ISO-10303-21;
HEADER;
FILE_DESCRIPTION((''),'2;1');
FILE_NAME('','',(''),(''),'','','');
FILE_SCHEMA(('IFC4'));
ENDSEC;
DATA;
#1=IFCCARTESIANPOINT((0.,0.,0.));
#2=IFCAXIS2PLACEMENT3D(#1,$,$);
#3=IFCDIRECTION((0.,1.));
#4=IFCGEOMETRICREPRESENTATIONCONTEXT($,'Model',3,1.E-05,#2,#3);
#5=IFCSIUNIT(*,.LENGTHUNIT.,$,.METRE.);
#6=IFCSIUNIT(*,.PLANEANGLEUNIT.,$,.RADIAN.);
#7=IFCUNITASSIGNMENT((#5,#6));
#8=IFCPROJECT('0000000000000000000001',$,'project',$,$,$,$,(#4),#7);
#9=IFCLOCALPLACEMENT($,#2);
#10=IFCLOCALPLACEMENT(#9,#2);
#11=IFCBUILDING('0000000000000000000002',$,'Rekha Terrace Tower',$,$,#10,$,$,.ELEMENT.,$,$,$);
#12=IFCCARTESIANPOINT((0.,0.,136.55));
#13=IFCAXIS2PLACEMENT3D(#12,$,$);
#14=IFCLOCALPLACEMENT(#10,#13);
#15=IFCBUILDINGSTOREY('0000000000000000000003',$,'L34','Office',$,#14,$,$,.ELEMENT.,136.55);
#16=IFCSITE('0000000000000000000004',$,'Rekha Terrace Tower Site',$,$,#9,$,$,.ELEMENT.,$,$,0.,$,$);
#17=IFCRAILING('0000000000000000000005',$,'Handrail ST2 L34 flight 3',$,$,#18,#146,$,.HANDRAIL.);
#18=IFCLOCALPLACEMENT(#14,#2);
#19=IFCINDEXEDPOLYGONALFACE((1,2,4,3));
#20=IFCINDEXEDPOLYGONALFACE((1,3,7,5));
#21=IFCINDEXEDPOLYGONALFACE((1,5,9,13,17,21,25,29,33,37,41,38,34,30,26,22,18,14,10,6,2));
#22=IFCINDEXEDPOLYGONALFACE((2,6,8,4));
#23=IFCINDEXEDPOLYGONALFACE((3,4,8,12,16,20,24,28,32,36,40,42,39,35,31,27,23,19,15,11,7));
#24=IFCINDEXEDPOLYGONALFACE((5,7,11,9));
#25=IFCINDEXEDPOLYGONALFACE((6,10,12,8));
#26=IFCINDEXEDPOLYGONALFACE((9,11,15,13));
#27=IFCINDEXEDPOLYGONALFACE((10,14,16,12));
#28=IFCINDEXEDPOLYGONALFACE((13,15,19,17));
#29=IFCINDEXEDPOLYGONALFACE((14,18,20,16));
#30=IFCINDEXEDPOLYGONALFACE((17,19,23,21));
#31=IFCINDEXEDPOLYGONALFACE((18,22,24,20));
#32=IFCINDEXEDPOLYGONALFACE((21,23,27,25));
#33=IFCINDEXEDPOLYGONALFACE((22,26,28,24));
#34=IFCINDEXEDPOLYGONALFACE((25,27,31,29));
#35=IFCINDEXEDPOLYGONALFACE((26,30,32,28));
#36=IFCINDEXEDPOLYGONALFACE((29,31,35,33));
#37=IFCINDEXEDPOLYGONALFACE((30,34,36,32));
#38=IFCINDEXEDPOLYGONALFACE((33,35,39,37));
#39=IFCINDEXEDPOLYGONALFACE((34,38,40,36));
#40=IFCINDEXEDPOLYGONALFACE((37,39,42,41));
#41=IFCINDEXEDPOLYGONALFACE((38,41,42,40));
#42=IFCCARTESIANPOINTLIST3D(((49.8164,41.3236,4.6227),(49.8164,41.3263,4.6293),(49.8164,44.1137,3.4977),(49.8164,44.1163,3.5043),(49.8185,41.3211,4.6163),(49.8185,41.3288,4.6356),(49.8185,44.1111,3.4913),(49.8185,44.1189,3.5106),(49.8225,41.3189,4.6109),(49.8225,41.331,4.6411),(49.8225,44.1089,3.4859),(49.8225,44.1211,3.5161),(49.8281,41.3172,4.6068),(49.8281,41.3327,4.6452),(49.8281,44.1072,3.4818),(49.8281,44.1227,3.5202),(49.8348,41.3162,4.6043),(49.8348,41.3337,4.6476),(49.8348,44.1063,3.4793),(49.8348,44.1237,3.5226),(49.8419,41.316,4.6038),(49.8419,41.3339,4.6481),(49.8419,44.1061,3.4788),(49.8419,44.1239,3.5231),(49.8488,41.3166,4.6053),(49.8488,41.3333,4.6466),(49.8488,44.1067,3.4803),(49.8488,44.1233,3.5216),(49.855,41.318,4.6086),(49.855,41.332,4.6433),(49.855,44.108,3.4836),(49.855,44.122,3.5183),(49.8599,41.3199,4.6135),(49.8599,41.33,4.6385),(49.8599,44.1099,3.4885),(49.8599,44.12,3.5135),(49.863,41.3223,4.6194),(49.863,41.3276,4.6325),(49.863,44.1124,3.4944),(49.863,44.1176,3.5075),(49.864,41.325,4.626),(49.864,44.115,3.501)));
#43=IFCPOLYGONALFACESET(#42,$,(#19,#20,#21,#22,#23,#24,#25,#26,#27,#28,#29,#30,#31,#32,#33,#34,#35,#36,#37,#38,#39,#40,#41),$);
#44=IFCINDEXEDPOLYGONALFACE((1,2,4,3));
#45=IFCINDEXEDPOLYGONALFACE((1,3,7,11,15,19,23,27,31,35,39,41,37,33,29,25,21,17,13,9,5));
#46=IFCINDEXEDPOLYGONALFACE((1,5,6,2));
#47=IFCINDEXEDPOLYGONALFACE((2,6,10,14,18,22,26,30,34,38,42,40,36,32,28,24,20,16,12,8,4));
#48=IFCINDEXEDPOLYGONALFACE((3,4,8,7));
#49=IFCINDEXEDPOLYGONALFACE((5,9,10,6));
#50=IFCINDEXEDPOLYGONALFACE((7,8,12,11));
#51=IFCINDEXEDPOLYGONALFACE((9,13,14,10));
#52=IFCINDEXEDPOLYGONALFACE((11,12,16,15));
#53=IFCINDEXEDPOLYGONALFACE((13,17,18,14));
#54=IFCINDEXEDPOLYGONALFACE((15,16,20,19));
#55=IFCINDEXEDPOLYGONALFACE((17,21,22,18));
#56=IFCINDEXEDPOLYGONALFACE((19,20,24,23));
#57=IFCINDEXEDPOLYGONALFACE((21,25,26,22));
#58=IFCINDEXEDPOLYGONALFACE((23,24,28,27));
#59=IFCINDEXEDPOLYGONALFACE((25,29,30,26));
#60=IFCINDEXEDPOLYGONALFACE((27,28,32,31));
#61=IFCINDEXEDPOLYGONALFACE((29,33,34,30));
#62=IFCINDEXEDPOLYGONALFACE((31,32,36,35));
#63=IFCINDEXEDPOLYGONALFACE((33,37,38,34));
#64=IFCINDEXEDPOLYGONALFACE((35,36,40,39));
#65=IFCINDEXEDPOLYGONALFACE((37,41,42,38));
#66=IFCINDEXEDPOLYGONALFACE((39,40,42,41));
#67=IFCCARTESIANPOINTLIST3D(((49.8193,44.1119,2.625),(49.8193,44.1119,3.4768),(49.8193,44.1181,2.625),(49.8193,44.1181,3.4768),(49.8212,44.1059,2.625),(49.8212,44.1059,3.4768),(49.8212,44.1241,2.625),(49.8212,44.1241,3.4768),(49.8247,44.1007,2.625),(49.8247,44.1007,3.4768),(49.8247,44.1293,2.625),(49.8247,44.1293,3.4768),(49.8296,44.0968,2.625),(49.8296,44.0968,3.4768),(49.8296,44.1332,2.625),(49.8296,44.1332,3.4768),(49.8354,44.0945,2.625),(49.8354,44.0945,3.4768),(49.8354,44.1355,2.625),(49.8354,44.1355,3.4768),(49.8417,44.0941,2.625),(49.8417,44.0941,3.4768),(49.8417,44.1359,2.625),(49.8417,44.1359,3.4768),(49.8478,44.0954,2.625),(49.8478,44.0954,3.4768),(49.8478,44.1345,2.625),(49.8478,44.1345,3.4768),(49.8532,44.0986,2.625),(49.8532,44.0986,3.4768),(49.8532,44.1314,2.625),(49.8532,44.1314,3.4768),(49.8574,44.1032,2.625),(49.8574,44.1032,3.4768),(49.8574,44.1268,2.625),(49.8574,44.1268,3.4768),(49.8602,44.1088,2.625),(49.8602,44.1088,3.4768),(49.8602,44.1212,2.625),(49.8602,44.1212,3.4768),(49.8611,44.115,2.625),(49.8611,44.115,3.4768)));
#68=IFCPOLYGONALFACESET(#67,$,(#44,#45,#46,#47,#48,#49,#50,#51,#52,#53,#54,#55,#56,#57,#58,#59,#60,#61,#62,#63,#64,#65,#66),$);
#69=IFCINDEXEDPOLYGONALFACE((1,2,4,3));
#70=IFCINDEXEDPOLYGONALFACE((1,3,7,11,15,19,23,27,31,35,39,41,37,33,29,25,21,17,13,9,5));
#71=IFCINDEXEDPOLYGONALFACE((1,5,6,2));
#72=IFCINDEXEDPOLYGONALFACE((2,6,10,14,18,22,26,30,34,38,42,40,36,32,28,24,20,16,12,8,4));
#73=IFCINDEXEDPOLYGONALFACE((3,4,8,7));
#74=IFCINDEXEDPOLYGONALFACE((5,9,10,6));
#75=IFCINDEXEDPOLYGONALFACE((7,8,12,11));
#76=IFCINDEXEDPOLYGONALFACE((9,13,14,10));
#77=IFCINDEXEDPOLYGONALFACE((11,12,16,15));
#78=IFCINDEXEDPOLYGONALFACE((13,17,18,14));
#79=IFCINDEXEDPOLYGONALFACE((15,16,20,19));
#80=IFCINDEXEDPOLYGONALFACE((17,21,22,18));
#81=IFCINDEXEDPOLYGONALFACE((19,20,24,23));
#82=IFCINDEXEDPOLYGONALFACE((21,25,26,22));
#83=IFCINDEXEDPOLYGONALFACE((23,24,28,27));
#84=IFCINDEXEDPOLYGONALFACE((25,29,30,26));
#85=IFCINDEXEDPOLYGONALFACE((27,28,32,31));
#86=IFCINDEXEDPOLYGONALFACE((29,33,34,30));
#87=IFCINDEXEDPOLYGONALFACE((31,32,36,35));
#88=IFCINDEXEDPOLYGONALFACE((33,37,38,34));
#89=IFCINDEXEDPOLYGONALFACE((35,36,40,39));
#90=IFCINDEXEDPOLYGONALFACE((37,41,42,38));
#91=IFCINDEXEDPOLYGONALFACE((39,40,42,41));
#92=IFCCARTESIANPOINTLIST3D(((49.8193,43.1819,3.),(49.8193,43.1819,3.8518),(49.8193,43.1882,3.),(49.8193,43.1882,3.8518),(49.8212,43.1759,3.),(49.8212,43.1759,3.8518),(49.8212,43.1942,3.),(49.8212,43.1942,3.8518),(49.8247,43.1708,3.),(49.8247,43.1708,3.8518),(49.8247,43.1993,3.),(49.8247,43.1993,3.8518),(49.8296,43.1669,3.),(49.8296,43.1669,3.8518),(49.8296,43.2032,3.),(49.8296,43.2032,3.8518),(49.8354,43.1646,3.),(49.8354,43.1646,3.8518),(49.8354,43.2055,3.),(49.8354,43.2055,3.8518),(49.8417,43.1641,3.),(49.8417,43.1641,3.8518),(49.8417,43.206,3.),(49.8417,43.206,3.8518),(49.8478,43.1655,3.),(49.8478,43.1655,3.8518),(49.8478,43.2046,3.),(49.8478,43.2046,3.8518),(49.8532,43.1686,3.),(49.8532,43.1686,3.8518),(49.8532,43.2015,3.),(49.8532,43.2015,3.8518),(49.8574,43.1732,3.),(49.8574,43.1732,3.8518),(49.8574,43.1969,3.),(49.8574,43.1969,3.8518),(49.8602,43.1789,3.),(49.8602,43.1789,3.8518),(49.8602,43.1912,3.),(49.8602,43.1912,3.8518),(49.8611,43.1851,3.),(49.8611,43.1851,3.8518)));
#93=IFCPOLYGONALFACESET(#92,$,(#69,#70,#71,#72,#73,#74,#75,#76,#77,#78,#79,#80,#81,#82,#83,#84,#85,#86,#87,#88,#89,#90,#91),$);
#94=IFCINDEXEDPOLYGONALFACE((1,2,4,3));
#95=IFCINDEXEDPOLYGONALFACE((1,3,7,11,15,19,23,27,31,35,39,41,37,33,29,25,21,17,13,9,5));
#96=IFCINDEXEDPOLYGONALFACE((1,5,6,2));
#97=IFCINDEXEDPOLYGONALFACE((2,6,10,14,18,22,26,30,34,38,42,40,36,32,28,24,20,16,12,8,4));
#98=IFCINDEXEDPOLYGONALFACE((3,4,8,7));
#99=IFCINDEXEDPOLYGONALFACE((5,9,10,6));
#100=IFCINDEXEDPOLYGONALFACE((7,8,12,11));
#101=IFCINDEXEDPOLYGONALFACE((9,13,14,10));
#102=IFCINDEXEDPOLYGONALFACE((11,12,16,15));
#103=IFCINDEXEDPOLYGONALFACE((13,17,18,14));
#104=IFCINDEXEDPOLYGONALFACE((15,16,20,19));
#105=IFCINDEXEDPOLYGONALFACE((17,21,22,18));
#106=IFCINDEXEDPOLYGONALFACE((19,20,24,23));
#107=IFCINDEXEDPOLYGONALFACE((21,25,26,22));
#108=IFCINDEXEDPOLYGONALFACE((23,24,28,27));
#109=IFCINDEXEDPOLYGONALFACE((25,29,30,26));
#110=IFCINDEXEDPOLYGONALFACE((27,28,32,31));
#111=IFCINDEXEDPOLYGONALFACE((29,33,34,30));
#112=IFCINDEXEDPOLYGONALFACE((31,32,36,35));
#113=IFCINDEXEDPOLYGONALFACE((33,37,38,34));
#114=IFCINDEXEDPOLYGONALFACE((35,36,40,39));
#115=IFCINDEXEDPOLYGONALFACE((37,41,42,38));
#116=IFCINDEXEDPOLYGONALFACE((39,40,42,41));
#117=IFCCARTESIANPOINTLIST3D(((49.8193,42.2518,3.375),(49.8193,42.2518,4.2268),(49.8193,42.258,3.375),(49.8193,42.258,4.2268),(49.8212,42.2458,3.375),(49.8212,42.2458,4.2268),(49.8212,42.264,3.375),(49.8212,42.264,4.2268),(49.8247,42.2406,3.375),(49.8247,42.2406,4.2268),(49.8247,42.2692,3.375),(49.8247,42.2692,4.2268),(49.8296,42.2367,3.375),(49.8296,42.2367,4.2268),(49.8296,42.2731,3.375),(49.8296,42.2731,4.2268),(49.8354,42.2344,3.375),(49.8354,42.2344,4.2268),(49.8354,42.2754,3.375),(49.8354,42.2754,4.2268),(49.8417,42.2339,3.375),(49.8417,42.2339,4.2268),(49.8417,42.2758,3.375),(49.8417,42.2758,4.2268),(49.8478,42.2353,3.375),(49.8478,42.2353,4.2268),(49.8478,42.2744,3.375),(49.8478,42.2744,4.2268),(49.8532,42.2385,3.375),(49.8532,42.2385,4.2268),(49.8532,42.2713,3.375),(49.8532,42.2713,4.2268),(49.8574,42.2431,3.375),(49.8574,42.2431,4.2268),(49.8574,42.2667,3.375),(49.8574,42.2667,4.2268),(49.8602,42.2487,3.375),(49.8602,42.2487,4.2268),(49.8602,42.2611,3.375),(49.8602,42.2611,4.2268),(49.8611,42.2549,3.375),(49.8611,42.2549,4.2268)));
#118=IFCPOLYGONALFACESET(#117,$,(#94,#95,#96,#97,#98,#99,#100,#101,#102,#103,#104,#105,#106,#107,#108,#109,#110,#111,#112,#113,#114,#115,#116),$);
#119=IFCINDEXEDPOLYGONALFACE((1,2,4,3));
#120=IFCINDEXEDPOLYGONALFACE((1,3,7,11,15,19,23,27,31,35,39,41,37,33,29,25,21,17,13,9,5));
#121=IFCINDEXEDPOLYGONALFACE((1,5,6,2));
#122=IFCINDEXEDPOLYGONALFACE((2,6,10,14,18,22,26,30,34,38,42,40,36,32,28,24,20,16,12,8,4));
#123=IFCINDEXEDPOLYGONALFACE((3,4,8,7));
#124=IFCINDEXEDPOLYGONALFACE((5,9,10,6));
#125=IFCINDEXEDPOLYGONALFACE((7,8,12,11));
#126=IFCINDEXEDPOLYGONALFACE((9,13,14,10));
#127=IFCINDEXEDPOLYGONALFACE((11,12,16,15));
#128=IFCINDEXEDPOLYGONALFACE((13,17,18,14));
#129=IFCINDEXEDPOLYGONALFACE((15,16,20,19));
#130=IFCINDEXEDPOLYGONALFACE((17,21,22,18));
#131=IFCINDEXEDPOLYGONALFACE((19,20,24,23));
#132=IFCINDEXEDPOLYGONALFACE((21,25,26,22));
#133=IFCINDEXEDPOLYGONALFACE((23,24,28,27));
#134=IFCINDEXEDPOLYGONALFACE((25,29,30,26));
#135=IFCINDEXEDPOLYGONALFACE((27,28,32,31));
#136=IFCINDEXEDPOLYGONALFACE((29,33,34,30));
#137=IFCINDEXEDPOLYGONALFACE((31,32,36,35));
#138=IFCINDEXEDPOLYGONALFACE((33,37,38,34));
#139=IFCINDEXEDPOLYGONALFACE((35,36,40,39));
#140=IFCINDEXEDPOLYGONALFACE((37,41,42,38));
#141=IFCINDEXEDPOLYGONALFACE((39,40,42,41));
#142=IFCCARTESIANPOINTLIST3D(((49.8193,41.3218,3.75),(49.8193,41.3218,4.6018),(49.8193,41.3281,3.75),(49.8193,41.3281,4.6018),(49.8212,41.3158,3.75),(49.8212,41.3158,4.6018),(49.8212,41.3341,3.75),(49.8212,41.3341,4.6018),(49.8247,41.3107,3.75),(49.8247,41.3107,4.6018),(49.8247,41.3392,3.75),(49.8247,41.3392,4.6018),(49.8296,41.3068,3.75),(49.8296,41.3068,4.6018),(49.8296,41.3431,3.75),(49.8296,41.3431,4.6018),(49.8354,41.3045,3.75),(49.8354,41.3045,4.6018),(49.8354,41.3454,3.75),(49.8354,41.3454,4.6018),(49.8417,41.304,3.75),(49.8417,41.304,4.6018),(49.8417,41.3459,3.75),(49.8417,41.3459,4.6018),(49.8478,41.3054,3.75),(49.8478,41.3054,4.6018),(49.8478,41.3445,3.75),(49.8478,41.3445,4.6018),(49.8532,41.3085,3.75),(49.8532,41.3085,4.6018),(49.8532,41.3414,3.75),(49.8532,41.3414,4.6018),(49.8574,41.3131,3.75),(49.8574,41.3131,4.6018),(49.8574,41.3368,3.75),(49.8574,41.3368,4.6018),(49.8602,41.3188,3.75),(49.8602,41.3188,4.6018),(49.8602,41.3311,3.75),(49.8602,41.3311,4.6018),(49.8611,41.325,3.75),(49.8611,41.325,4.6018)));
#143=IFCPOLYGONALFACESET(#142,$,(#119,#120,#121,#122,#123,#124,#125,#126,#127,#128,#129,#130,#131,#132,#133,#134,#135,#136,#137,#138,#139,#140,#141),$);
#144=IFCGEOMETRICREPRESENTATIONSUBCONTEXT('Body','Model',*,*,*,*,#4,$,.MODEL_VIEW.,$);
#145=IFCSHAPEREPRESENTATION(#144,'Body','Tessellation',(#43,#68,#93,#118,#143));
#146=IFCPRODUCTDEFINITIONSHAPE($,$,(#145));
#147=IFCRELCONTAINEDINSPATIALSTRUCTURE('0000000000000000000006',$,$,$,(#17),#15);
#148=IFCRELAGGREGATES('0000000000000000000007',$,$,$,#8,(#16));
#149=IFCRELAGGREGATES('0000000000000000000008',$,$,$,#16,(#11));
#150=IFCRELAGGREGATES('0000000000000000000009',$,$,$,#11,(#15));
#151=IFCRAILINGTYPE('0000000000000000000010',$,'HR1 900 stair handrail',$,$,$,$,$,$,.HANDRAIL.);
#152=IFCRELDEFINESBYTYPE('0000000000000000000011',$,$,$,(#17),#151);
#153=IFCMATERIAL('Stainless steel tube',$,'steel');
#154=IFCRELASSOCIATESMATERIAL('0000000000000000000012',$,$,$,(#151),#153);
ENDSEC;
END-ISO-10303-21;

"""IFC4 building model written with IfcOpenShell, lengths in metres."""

from ifc_helpers import new_model, si_unit, direction, frame, origin, origin_2d, place, context, subcontext, project, spatial, circle, extrude, material, type_object, element, save


model = new_model("IFC4")

# Units and contexts
model_context = context("Model", 3, precision=1e-05, world=origin(), true_north=direction((0.0, 1.0)))
body_context = subcontext(model_context, "Body", "Model", "MODEL_VIEW")
ifc_project = project(units=[si_unit("LENGTHUNIT", "METRE"), si_unit("PLANEANGLEUNIT", "RADIAN")], contexts=[model_context])

# Site, building, storey
site_placement = place(None, origin())
site = spatial("IfcSite", under=ifc_project, at=site_placement, Name="Rekha Terrace Tower Site", CompositionType="ELEMENT", RefElevation=0.0)
building_placement = place(site_placement, origin())
building = spatial("IfcBuilding", under=site, at=building_placement, Name="Rekha Terrace Tower", CompositionType="ELEMENT")
storey_placement = place(building_placement, frame((0.0, 0.0, 136.55)))
storey = spatial("IfcBuildingStorey", under=building, at=storey_placement, Name="L34", Description="Office", CompositionType="ELEMENT", Elevation=136.55)

# Railing
ifc_material_1 = material(Name="Stainless steel tube", Category="steel")
railing_type_1 = type_object("IfcRailingType", Name="HR1 900 stair handrail", PredefinedType="HANDRAIL", material=ifc_material_1)
railing_1_placement = place(storey_placement, frame((49.8401, 44.115, 2.625)))
element("IfcRailing", 1, at=railing_1_placement, inside=storey, type_object=railing_type_1, Name="Handrail ST2 L34 flight 3", PredefinedType="HANDRAIL", context=body_context, shape_type="SweptSolid", body=[
    extrude(circle(Radius=0.0239, at=origin_2d()), frame((0.0, 0.0, 0.876), z_axis=(0.0, -0.927443, 0.373964), x_axis=(1.0, 0.0, 0.0)), (0.0, 0.0, 1.0), 3.0083),
    extrude(circle(Radius=0.021, at=origin_2d()), origin(), (0.0, 0.0, 1.0), 0.8518),
    extrude(circle(Radius=0.021, at=origin_2d()), frame((0.0, -0.9299, 0.375)), (0.0, 0.0, 1.0), 0.8518),
    extrude(circle(Radius=0.021, at=origin_2d()), frame((0.0, -1.8601, 0.75)), (0.0, 0.0, 1.0), 0.8518),
    extrude(circle(Radius=0.021, at=origin_2d()), frame((0.0, -2.79, 1.125)), (0.0, 0.0, 1.0), 0.8518),
])

save(model, "model.ifc")
